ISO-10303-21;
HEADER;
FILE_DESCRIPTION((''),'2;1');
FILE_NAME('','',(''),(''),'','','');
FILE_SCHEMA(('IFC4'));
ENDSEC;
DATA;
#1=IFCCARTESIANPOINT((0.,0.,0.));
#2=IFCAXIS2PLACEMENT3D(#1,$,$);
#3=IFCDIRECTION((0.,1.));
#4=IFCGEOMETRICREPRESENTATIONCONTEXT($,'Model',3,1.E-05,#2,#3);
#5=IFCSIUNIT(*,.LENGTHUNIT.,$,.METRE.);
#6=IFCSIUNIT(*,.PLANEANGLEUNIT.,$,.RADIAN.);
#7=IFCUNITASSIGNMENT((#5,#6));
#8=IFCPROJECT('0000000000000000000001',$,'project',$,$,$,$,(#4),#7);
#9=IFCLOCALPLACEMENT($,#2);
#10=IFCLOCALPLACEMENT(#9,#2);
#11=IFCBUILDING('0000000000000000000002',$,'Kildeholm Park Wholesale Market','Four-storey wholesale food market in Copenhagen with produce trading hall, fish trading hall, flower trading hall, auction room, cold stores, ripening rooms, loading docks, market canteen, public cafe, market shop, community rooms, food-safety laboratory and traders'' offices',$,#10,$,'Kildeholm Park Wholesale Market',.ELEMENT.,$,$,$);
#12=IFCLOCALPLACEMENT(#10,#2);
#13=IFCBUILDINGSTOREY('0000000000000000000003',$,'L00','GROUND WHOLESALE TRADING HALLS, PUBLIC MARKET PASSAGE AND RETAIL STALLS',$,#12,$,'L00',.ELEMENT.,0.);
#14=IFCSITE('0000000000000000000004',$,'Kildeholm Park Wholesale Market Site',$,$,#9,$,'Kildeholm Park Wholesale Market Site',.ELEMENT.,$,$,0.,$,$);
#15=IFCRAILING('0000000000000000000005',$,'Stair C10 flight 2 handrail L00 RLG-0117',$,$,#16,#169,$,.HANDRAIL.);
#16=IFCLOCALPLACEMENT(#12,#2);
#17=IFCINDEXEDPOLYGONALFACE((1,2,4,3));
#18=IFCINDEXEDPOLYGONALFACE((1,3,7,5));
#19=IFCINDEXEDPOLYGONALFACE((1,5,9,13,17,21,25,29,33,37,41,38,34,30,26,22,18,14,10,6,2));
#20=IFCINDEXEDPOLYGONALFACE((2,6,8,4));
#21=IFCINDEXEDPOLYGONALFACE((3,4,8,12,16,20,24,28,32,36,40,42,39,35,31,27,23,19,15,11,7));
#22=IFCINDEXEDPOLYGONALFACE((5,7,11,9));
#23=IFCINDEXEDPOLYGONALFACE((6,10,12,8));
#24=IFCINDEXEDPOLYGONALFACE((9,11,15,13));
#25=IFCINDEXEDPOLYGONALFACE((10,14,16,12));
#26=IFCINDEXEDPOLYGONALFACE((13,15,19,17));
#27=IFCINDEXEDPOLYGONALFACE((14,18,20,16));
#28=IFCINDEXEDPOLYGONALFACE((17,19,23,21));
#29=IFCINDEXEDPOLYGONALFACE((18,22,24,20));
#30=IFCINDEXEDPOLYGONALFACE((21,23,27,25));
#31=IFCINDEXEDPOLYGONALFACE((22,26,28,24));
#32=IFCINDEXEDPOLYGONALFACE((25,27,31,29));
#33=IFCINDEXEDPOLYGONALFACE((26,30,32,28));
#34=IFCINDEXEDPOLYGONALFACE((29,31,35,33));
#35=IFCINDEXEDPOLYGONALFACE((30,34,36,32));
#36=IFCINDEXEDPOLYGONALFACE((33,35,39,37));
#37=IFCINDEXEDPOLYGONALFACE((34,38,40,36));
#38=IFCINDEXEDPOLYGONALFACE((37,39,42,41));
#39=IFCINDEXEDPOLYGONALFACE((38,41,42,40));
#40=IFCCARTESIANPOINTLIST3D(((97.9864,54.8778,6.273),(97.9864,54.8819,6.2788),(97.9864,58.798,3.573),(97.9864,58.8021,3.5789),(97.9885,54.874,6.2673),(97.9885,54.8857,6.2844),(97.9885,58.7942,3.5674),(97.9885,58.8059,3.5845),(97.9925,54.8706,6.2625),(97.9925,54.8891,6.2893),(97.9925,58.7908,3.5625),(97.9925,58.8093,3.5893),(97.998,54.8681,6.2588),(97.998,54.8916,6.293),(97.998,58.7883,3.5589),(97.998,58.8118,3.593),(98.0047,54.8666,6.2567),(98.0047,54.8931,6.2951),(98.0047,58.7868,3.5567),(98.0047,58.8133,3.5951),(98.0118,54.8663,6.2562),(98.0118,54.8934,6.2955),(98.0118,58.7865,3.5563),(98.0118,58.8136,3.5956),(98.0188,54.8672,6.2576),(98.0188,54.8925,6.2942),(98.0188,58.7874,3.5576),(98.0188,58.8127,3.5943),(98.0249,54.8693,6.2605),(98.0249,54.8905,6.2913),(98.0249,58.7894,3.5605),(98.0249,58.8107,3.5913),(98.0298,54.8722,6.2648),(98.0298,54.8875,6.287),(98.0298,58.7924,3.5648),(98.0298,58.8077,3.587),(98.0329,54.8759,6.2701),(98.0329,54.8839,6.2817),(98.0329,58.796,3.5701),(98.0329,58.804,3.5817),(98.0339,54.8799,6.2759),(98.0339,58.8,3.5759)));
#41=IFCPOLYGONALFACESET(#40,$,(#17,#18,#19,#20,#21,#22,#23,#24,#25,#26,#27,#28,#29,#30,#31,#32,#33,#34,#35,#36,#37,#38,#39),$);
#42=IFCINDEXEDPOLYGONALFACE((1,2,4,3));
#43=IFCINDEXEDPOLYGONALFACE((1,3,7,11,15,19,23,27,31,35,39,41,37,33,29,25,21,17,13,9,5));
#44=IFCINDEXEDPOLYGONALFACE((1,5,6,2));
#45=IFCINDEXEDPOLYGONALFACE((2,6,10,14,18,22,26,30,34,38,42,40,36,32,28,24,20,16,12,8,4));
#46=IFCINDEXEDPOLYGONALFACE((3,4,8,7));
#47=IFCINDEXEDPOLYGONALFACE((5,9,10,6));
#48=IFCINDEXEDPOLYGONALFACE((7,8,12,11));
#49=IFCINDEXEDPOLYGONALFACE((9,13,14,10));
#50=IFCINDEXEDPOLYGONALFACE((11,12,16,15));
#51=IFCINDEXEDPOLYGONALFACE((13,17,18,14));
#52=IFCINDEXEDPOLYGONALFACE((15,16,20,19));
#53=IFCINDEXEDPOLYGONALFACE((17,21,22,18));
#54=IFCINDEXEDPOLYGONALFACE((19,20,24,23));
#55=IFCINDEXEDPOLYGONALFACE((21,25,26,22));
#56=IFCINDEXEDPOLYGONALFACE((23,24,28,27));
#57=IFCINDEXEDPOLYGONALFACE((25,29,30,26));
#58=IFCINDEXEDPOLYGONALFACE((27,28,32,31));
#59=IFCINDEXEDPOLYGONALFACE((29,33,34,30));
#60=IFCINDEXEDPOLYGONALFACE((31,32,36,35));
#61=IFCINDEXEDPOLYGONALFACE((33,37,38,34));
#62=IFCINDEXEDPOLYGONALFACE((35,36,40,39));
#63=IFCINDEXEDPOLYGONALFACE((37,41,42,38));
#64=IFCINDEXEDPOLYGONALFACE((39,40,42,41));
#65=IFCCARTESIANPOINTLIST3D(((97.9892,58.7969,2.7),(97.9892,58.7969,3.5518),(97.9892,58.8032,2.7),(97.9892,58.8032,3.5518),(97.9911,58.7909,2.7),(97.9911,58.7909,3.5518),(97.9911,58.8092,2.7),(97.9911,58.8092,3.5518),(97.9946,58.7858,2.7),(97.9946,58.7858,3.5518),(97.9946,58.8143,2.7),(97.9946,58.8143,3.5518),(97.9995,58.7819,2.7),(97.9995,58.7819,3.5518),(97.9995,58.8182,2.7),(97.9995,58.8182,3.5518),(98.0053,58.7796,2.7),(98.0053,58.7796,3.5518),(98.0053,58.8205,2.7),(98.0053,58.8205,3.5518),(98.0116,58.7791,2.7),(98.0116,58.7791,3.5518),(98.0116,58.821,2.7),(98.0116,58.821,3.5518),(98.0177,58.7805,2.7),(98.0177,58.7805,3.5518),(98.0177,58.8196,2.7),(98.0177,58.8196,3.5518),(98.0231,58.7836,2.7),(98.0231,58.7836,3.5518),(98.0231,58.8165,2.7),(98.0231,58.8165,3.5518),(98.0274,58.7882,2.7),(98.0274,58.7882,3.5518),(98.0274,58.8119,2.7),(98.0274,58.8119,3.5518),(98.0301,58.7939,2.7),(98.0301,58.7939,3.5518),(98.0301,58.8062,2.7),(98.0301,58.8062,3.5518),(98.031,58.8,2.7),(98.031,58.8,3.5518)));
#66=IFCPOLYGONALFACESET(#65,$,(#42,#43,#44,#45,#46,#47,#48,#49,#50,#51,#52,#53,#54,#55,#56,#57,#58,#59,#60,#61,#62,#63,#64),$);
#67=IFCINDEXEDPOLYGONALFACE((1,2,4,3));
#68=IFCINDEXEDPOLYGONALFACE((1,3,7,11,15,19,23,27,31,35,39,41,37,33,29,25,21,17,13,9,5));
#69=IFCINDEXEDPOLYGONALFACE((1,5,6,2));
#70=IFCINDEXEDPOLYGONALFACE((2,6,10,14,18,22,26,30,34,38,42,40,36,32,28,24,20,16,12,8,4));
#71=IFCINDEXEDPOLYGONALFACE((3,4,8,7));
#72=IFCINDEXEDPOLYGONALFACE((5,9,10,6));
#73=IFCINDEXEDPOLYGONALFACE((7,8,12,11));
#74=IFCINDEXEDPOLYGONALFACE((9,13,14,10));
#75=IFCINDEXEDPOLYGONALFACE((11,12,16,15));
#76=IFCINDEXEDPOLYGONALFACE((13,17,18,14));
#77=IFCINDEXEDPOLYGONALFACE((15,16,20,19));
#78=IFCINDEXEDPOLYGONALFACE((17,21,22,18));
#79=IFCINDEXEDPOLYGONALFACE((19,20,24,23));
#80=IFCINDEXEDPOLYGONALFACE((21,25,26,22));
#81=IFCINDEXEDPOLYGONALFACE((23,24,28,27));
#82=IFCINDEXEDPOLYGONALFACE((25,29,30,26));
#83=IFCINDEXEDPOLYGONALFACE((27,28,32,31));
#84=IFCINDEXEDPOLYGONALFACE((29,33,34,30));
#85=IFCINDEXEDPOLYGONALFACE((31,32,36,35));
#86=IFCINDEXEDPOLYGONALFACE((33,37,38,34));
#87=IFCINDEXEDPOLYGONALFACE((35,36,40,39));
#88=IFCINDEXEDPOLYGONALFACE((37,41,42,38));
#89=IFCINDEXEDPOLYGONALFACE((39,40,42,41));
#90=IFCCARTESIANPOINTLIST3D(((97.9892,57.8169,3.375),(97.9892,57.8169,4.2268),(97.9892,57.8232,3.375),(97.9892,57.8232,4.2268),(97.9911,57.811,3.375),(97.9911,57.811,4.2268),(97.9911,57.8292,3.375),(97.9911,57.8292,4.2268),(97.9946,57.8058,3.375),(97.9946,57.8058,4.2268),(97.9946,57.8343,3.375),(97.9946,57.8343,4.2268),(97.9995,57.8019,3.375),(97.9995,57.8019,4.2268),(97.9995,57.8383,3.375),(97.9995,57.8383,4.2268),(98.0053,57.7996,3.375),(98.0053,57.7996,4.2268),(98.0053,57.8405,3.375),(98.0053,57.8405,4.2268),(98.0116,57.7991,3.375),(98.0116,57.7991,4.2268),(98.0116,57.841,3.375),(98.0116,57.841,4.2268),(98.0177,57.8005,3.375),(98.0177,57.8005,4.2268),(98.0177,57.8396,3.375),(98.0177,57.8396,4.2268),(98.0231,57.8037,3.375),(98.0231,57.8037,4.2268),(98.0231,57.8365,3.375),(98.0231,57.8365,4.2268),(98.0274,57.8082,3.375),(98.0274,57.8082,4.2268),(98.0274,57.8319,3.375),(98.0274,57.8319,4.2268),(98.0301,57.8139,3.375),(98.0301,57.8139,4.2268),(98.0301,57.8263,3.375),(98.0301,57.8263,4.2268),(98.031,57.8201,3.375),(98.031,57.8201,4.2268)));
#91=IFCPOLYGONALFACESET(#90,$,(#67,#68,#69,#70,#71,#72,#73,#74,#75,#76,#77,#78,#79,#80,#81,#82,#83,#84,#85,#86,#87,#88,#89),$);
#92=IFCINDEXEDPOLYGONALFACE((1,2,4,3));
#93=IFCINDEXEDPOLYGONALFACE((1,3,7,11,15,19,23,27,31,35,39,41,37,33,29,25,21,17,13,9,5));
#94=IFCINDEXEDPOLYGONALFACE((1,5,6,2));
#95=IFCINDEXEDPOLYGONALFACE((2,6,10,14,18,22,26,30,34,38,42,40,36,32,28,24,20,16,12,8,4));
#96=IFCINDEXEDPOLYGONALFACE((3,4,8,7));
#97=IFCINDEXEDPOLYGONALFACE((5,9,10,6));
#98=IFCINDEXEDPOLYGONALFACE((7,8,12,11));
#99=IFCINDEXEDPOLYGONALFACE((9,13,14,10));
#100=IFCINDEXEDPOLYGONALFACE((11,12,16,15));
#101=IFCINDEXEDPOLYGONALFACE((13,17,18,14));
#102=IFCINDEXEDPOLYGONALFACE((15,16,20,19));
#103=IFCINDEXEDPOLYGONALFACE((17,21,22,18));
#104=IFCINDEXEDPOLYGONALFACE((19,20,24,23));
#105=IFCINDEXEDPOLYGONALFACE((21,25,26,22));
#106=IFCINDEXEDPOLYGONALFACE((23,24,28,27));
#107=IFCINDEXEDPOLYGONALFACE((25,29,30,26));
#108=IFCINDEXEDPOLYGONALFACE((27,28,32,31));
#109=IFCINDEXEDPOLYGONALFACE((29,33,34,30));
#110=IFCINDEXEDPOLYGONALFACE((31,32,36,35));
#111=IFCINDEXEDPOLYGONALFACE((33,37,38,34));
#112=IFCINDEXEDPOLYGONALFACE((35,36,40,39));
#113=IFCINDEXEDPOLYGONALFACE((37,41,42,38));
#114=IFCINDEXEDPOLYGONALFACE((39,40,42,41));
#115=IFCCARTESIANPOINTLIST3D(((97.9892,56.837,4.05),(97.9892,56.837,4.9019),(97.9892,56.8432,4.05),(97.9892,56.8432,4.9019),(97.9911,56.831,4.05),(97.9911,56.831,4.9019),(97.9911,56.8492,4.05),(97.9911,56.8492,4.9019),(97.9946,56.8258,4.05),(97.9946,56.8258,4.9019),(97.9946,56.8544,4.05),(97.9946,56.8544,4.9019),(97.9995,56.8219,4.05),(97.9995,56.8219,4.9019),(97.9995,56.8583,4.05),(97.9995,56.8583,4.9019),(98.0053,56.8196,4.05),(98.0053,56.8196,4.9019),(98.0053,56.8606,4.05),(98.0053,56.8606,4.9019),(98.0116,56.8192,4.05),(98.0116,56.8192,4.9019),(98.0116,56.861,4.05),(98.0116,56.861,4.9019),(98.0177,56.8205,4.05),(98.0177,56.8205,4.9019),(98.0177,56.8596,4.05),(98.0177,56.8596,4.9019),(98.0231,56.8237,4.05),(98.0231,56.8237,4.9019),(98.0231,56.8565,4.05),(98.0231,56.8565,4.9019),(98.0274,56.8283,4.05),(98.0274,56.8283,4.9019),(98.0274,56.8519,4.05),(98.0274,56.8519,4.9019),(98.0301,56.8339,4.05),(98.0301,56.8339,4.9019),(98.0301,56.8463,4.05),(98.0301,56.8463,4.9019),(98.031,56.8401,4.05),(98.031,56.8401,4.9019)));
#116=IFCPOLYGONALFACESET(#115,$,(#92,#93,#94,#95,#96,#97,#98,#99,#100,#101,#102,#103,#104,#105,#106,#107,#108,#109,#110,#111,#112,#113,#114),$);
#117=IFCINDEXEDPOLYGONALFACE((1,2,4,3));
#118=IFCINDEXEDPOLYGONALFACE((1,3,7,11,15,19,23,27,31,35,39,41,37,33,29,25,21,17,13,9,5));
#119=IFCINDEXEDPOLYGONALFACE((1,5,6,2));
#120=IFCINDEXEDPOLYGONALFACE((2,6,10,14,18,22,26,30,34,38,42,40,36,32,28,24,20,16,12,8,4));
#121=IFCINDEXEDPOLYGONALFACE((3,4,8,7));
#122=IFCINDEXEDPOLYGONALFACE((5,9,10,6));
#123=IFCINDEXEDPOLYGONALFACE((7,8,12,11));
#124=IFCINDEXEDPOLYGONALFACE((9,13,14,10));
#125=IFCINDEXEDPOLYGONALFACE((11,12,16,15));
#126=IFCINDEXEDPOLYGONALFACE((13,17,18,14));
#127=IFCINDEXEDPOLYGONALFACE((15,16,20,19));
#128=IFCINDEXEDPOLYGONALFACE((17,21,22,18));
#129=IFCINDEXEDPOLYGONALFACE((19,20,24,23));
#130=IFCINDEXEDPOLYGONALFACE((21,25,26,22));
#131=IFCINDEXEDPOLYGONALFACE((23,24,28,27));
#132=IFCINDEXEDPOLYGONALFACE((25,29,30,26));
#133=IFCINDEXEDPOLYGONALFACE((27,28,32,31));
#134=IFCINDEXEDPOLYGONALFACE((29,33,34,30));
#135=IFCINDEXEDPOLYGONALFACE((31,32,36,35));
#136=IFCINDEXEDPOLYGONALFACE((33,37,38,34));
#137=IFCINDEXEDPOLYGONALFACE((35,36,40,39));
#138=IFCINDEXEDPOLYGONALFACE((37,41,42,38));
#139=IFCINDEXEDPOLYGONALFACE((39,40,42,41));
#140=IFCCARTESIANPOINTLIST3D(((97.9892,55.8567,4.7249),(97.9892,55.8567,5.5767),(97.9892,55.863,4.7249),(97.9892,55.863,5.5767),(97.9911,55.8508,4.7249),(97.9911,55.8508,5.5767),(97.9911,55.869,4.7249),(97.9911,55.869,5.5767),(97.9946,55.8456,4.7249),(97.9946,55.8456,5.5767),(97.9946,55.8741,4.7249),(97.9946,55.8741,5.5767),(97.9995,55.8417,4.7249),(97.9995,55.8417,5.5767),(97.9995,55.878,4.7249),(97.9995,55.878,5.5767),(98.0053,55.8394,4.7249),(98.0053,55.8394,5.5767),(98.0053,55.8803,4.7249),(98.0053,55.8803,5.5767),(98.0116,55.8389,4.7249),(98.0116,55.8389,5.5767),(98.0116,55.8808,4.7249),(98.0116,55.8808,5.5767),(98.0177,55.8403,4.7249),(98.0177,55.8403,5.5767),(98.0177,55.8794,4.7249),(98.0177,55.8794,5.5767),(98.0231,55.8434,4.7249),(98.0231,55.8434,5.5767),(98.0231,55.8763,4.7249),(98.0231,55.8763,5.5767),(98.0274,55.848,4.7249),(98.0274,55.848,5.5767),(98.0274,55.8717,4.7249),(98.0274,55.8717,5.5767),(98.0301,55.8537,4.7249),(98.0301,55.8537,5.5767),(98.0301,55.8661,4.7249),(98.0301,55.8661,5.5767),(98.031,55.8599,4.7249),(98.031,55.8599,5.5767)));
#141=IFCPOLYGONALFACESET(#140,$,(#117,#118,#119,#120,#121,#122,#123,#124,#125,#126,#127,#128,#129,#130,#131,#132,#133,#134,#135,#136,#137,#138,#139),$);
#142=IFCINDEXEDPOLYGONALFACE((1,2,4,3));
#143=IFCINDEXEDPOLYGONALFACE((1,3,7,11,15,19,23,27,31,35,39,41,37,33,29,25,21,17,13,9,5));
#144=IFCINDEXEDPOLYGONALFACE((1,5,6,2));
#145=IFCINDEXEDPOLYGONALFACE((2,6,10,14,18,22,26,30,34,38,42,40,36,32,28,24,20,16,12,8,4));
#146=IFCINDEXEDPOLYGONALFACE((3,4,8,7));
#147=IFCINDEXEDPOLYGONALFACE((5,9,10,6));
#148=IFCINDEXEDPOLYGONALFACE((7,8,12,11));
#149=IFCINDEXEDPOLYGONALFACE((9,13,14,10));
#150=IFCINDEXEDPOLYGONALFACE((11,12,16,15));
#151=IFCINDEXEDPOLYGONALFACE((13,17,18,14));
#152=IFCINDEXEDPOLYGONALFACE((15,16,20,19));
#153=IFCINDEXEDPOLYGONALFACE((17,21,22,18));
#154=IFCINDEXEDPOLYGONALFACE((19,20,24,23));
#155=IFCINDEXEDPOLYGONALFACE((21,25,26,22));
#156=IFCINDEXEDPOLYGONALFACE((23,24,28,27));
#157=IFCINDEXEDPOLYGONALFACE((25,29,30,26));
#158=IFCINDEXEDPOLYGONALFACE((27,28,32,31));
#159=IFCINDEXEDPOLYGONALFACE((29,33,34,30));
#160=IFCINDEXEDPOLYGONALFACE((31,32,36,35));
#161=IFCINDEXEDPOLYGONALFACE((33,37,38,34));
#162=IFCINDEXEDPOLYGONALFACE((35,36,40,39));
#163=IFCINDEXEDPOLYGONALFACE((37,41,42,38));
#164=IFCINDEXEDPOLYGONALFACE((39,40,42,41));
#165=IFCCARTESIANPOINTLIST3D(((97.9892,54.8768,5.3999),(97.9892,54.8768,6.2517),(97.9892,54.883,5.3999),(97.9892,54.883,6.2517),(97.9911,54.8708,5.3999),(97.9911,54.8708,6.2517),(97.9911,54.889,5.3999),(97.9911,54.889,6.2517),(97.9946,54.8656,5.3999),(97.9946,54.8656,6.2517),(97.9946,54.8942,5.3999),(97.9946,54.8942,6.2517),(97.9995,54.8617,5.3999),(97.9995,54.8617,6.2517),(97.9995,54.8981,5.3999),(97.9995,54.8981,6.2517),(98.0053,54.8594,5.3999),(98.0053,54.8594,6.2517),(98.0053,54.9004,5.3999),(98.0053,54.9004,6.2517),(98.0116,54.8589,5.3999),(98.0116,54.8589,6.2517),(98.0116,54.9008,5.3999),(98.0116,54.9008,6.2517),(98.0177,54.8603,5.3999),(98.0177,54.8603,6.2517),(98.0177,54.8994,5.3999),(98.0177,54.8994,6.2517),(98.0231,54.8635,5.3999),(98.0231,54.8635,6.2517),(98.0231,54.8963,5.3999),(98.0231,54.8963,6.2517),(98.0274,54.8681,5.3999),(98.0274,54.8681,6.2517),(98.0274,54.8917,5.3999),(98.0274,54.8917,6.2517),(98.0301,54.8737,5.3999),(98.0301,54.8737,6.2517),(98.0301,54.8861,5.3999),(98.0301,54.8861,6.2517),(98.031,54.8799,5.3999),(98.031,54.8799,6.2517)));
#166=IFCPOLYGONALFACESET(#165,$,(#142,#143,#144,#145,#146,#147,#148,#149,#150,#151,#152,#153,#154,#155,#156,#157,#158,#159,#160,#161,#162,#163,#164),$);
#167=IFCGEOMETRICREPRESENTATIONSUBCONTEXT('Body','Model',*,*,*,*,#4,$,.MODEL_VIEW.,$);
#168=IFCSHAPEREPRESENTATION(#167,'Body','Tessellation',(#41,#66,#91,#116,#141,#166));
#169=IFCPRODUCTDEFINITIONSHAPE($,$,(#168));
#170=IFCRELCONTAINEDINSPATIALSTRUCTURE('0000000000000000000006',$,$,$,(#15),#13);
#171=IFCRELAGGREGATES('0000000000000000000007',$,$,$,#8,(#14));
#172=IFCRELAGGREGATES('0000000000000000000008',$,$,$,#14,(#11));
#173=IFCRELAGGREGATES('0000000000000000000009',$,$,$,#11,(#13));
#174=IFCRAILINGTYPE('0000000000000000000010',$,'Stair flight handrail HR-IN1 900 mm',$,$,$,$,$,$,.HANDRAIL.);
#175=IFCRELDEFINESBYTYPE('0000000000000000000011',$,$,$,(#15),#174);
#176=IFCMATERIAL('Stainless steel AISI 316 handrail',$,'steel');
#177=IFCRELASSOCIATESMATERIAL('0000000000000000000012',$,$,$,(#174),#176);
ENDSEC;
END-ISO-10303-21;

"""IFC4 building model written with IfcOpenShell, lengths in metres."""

from ifc_helpers import new_model, si_unit, direction, frame, origin, origin_2d, place, context, subcontext, project, spatial, circle, extrude, material, type_object, element, save


model = new_model("IFC4")

# Units and contexts
model_context = context("Model", 3, precision=1e-05, world=origin(), true_north=direction((0.0, 1.0)))
body_context = subcontext(model_context, "Body", "Model", "MODEL_VIEW")
ifc_project = project(units=[si_unit("LENGTHUNIT", "METRE"), si_unit("PLANEANGLEUNIT", "RADIAN")], contexts=[model_context])

# Site, building, storey
site_placement = place(None, origin())
site = spatial("IfcSite", under=ifc_project, at=site_placement, Name="Kildeholm Park Wholesale Market Site", LongName="Kildeholm Park Wholesale Market Site", CompositionType="ELEMENT", RefElevation=0.0)
building_placement = place(site_placement, origin())
building = spatial("IfcBuilding", under=site, at=building_placement, Name="Kildeholm Park Wholesale Market", Description="Four-storey wholesale food market in Copenhagen with produce trading hall, fish trading hall, flower trading hall, auction room, cold stores, ripening rooms, loading docks, market canteen, public cafe, market shop, community rooms, food-safety laboratory and traders' offices", LongName="Kildeholm Park Wholesale Market", CompositionType="ELEMENT")
storey_placement = place(building_placement, origin())
storey = spatial("IfcBuildingStorey", under=building, at=storey_placement, Name="L00", Description="GROUND WHOLESALE TRADING HALLS, PUBLIC MARKET PASSAGE AND RETAIL STALLS", LongName="L00", CompositionType="ELEMENT", Elevation=0.0)

# Railing
ifc_material_1 = material(Name="Stainless steel AISI 316 handrail", Category="steel")
railing_type_1 = type_object("IfcRailingType", Name="Stair flight handrail HR-IN1 900 mm", PredefinedType="HANDRAIL", material=ifc_material_1)
railing_1_placement = place(storey_placement, frame((98.01, 58.8, 2.7)))
element("IfcRailing", 1, at=railing_1_placement, inside=storey, type_object=railing_type_1, Name="Stair C10 flight 2 handrail L00 RLG-0117", PredefinedType="HANDRAIL", context=body_context, shape_type="SweptSolid", body=[
    extrude(circle(Radius=0.0239, at=origin_2d()), frame((0.0, 0.0, 0.876), z_axis=(0.0, -0.823567, 0.567219), x_axis=(1.0, 0.0, 0.0)), (0.0, 0.0, 1.0), 4.76),
    extrude(circle(Radius=0.021, at=origin_2d()), origin(), (0.0, 0.0, 1.0), 0.8518),
    extrude(circle(Radius=0.021, at=origin_2d()), frame((0.0, -0.98, 0.675)), (0.0, 0.0, 1.0), 0.8518),
    extrude(circle(Radius=0.021, at=origin_2d()), frame((0.0, -1.96, 1.3501)), (0.0, 0.0, 1.0), 0.8518),
    extrude(circle(Radius=0.021, at=origin_2d()), frame((0.0, -2.9402, 2.0249)), (0.0, 0.0, 1.0), 0.8518),
    extrude(circle(Radius=0.021, at=origin_2d()), frame((0.0, -3.9202, 2.7)), (0.0, 0.0, 1.0), 0.8518),
])

save(model, "model.ifc")
